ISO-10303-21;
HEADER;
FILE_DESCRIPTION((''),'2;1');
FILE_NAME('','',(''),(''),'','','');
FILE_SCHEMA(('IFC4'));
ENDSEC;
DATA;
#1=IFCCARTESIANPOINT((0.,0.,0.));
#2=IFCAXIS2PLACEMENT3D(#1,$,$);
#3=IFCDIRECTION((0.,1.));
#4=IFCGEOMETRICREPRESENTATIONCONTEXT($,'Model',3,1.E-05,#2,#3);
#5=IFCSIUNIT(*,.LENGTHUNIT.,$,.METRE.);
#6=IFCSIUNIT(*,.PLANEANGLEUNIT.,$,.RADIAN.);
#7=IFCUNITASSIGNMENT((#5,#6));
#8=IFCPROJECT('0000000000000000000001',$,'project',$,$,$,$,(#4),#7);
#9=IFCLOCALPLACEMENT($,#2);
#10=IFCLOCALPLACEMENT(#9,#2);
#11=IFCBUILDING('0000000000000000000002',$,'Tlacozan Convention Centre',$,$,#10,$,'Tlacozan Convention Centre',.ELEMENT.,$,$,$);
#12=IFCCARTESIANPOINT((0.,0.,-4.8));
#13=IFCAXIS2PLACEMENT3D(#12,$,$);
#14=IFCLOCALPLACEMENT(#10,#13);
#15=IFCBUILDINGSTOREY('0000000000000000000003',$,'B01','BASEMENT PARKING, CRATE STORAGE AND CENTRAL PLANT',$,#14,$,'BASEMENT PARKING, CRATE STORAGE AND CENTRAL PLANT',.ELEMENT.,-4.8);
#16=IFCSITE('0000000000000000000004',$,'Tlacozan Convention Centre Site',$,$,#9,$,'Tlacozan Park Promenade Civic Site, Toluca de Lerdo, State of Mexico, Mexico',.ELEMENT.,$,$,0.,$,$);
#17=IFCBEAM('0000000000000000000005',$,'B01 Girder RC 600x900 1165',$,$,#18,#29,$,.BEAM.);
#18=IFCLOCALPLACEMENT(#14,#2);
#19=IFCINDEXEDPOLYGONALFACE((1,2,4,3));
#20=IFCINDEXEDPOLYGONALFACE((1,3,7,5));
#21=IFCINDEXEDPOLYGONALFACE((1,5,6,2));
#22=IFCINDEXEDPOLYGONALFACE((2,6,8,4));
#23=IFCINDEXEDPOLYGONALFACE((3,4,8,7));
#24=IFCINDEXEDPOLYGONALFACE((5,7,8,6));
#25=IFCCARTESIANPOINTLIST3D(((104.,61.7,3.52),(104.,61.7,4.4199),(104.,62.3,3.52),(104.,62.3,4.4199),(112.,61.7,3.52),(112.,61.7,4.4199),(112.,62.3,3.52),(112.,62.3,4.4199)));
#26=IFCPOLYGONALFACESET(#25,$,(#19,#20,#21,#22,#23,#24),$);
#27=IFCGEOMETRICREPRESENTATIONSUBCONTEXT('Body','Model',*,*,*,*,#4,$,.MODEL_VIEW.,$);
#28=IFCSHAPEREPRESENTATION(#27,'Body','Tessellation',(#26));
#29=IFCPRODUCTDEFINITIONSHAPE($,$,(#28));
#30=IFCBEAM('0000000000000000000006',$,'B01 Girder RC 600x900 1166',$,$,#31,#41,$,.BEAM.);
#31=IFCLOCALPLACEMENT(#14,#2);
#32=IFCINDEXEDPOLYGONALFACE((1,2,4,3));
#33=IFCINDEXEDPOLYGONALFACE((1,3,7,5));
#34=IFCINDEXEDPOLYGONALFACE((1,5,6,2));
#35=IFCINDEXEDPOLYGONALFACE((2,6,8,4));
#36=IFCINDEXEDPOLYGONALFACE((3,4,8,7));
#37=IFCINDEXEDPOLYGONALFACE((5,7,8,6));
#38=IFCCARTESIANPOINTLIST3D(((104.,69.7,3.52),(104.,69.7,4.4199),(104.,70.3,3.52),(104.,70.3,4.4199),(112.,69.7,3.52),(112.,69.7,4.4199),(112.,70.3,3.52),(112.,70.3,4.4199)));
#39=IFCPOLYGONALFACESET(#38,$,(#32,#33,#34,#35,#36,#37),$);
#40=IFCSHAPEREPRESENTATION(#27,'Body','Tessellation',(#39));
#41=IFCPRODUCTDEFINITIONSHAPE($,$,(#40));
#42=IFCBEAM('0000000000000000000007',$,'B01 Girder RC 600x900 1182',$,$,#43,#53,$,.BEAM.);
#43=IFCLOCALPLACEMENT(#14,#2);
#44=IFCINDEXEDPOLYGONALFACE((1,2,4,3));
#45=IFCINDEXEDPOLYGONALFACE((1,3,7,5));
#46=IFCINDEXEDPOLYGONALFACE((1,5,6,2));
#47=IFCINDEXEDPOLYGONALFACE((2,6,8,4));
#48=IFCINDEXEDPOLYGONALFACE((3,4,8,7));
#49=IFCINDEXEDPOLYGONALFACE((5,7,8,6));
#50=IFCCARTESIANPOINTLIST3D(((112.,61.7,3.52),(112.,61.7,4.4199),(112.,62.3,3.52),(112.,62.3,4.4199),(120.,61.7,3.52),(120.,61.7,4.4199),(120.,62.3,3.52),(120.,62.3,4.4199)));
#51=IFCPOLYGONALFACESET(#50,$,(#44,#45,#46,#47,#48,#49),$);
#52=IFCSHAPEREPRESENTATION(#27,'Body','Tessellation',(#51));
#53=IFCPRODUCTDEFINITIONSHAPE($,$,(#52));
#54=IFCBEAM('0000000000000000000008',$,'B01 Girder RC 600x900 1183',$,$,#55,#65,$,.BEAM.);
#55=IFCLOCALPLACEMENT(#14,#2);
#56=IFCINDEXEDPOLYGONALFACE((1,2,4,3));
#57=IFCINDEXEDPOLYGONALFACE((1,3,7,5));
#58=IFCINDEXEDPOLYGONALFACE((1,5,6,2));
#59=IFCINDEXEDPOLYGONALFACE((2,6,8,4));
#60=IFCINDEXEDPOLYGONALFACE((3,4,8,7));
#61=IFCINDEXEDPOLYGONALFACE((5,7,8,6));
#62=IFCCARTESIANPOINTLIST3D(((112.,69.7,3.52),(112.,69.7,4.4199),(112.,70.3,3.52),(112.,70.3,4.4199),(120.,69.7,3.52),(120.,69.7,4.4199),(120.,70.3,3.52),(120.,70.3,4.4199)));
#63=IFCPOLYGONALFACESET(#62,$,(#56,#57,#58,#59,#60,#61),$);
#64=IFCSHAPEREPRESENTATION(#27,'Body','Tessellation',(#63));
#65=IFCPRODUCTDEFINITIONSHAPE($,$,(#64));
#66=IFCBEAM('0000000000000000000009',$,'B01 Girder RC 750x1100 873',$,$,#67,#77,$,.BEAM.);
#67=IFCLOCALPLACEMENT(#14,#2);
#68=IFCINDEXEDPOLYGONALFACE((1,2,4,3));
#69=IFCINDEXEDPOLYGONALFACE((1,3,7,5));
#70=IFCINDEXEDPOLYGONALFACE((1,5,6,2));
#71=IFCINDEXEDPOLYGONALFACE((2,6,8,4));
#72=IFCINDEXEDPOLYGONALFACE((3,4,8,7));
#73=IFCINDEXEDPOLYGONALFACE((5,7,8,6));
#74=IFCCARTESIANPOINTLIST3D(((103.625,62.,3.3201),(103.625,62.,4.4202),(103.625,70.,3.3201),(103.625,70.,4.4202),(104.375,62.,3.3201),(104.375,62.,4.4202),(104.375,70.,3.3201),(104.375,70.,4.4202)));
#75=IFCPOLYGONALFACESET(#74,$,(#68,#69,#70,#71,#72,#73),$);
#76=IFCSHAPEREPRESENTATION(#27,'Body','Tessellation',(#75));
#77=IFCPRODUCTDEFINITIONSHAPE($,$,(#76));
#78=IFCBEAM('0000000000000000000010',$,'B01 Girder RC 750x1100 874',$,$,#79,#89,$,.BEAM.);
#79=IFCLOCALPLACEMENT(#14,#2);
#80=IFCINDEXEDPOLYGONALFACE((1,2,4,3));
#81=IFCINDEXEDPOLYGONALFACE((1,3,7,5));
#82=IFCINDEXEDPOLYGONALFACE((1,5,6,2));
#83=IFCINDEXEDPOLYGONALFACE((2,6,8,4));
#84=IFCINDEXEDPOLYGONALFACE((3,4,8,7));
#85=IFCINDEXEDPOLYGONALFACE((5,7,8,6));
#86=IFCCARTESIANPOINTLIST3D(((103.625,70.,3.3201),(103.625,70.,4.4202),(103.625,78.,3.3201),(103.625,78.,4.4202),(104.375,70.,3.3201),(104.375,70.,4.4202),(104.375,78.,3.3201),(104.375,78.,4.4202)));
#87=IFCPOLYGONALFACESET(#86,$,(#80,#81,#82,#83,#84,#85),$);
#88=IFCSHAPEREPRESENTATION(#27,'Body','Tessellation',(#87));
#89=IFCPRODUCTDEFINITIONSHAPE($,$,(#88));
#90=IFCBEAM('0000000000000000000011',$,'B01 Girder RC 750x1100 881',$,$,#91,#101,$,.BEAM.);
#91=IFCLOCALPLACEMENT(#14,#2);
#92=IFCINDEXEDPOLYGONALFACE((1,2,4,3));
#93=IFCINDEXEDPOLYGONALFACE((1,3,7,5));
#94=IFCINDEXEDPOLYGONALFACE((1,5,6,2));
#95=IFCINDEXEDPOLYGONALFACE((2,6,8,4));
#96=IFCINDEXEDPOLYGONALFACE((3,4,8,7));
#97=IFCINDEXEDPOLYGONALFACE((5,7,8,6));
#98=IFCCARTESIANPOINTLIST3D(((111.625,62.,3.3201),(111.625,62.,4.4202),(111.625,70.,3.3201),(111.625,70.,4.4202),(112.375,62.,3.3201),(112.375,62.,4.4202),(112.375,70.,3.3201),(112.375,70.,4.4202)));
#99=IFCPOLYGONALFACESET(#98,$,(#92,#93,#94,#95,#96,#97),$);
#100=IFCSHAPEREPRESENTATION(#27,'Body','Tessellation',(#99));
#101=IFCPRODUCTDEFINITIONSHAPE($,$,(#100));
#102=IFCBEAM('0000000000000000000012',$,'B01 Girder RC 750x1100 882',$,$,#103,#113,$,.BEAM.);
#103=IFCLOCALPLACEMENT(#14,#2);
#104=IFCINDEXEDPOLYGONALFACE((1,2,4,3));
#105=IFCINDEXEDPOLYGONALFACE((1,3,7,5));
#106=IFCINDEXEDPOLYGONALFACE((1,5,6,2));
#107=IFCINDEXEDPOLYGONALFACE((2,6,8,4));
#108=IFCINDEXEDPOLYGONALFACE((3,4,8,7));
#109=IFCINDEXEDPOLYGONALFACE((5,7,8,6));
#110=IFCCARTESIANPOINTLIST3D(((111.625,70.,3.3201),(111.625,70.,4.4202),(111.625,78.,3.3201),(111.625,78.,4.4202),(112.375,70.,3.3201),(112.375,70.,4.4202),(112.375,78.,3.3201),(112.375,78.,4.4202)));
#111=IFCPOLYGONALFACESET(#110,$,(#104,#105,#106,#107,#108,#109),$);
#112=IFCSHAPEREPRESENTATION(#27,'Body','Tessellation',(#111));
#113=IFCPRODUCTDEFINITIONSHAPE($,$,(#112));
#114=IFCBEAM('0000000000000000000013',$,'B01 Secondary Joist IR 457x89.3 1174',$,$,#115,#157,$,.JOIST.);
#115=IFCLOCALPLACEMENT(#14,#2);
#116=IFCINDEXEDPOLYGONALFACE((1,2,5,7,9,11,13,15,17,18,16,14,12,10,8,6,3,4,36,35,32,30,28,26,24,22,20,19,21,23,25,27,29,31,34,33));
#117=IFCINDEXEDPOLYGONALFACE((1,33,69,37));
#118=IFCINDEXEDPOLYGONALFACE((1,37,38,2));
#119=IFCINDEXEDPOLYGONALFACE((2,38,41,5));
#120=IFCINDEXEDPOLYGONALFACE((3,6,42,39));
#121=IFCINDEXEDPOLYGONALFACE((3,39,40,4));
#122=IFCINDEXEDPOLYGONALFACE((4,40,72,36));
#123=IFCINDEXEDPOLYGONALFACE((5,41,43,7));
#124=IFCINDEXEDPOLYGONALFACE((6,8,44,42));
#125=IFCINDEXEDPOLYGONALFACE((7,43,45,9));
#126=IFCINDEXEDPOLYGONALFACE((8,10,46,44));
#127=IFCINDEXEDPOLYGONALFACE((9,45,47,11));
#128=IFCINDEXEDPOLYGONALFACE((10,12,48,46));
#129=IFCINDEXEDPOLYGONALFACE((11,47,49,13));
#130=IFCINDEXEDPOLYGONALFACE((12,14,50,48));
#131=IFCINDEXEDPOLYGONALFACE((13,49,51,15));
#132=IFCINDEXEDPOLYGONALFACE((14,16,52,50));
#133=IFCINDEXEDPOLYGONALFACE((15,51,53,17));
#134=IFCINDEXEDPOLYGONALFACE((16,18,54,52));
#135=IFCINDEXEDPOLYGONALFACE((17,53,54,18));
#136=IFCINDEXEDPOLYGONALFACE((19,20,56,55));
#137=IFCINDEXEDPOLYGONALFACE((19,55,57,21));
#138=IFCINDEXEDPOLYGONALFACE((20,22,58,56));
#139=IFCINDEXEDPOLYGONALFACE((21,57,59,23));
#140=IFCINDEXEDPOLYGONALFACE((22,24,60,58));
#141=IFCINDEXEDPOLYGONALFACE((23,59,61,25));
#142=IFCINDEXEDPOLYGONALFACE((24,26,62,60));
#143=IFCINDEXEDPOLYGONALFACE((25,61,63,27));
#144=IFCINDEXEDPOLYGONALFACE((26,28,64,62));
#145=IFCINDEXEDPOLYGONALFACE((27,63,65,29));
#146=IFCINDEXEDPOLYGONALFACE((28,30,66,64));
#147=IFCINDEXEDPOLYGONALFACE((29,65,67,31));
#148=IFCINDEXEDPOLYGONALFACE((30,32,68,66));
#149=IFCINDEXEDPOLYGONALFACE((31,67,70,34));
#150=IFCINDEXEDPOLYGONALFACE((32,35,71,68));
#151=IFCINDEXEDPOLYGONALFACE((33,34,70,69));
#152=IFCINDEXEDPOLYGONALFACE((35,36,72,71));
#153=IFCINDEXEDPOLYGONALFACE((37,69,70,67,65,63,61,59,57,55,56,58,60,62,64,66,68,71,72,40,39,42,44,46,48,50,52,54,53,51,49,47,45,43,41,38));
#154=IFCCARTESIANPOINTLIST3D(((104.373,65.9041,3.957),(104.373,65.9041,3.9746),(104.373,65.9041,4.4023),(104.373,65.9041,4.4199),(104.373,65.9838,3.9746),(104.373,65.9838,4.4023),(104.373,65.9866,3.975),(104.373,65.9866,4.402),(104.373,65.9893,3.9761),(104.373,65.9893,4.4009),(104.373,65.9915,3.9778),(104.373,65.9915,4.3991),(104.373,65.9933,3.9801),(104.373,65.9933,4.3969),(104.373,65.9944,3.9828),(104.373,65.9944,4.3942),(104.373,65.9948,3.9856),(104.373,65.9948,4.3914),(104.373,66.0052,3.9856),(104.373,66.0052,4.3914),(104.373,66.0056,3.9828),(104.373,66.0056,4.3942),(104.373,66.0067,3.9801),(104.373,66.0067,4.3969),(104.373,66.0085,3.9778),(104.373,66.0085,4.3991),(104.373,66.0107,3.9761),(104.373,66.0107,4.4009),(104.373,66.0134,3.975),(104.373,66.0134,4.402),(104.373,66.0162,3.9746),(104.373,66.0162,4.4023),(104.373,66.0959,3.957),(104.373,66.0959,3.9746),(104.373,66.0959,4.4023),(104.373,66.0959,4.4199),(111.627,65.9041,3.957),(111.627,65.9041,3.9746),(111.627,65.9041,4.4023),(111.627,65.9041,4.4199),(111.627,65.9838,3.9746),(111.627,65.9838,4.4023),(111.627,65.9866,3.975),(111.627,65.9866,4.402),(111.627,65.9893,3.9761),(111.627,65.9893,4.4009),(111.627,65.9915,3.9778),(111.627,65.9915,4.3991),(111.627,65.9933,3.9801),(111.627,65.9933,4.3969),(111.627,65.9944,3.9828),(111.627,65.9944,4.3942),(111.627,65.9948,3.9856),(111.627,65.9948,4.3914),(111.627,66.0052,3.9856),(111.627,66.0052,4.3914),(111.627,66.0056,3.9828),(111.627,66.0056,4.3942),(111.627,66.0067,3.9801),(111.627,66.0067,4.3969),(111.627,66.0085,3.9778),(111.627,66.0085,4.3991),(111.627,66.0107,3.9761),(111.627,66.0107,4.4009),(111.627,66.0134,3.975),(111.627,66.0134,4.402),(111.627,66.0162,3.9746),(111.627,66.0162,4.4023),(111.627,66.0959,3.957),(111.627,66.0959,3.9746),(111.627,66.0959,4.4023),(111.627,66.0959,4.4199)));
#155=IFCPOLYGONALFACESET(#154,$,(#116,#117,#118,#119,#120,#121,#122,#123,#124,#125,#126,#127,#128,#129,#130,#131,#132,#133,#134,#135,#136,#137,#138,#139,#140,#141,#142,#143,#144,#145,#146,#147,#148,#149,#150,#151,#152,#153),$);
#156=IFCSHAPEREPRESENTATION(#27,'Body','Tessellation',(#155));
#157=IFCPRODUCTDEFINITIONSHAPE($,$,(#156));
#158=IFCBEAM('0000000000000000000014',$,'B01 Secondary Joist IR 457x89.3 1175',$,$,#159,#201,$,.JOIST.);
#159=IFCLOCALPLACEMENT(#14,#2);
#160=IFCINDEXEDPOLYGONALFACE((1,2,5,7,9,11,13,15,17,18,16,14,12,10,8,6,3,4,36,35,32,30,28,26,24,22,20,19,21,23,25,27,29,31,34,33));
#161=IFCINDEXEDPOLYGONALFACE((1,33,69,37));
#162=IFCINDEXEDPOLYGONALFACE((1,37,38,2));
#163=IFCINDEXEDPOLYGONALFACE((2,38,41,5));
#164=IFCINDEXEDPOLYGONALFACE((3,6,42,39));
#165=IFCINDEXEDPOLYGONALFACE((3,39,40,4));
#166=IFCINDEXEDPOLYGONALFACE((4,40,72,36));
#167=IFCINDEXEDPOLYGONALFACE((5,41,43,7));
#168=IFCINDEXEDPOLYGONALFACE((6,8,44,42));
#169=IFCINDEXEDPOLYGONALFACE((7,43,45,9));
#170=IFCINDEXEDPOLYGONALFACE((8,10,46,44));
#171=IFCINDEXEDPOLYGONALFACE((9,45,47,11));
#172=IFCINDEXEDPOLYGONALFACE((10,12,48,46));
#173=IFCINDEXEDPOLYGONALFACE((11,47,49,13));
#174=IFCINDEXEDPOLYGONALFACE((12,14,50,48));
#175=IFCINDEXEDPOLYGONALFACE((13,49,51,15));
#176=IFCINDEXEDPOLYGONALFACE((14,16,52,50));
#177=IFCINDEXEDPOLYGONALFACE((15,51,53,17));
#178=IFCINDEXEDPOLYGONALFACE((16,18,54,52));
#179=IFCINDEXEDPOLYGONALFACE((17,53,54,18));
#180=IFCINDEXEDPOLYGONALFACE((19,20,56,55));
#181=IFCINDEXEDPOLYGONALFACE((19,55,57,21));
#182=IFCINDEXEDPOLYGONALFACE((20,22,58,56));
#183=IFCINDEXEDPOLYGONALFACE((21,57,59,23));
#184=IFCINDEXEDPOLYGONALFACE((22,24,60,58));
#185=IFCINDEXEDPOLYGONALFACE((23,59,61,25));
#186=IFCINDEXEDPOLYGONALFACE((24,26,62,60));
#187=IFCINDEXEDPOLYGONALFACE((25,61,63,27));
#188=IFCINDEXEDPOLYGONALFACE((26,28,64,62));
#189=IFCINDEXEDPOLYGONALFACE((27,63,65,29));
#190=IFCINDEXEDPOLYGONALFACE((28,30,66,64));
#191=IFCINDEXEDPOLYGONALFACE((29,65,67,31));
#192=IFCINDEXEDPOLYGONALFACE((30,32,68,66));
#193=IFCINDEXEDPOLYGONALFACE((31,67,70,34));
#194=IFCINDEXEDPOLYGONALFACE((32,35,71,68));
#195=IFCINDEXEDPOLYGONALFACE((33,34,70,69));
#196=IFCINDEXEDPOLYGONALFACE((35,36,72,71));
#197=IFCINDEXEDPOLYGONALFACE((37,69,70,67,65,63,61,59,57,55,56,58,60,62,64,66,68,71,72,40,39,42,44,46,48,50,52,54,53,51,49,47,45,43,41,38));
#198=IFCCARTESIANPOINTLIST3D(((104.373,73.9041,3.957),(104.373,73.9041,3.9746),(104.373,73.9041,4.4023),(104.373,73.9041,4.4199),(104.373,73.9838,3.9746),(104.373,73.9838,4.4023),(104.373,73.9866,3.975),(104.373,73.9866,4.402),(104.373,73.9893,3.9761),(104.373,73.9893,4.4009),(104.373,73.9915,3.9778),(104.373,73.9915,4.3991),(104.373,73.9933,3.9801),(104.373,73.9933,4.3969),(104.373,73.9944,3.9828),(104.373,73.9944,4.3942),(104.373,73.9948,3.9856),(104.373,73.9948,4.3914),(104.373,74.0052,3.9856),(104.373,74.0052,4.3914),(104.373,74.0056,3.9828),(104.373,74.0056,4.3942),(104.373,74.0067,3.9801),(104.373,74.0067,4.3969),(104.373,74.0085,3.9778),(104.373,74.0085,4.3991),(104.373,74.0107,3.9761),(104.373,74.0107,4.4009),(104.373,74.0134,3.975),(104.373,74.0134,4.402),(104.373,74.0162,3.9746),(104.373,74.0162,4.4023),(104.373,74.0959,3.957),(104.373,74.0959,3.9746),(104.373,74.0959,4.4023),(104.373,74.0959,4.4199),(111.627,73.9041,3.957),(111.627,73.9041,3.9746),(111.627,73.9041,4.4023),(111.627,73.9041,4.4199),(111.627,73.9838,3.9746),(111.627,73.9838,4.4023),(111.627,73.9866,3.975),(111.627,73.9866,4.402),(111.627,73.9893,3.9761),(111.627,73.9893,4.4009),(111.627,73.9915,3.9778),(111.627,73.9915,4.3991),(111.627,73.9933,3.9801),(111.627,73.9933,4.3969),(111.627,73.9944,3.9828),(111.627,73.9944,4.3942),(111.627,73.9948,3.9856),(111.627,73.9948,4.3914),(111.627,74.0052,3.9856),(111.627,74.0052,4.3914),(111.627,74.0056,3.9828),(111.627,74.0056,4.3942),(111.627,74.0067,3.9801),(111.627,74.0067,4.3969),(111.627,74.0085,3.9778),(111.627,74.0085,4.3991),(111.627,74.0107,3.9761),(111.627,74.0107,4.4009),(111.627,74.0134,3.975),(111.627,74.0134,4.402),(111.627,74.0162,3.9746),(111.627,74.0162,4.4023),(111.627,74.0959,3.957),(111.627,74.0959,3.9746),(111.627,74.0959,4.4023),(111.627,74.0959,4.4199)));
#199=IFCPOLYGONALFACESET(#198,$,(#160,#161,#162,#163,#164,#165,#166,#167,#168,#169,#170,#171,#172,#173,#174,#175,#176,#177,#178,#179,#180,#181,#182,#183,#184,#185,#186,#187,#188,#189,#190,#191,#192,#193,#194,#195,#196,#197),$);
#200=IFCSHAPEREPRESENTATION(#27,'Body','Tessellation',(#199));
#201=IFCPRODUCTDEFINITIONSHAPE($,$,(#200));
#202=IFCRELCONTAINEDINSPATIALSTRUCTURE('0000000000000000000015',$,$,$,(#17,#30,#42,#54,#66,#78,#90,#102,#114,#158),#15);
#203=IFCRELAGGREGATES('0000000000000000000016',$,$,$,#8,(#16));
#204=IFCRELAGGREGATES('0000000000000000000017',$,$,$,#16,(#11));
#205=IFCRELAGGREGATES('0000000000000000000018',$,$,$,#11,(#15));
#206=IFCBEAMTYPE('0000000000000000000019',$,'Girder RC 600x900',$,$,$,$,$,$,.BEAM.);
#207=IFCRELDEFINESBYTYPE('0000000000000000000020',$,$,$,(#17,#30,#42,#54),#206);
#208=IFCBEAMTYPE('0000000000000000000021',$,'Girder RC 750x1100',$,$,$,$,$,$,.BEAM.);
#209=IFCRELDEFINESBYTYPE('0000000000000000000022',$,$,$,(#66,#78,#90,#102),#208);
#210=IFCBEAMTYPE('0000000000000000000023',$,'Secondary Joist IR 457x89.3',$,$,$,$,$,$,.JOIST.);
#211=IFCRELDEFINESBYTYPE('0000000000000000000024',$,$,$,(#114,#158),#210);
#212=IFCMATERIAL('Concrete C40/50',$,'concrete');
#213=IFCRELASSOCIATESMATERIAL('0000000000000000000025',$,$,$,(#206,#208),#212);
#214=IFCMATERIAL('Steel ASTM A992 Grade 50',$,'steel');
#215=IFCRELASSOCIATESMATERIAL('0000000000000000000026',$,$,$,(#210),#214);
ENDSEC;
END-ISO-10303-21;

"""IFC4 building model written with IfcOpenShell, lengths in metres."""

from ifc_helpers import new_model, si_unit, direction, frame, origin, origin_2d, place, context, subcontext, project, spatial, rectangle, i_section, extrude, material, material_profile, profile_set, type_object, element, save


model = new_model("IFC4")

# Units and contexts
model_context = context("Model", 3, precision=1e-05, world=origin(), true_north=direction((0.0, 1.0)))
body_context = subcontext(model_context, "Body", "Model", "MODEL_VIEW")
ifc_project = project(units=[si_unit("LENGTHUNIT", "METRE"), si_unit("PLANEANGLEUNIT", "RADIAN")], contexts=[model_context])

# Site, building, storey
site_placement = place(None, origin())
site = spatial("IfcSite", under=ifc_project, at=site_placement, Name="Tlacozan Convention Centre Site", LongName="Tlacozan Park Promenade Civic Site, Toluca de Lerdo, State of Mexico, Mexico", CompositionType="ELEMENT", RefElevation=0.0)
building_placement = place(site_placement, origin())
building = spatial("IfcBuilding", under=site, at=building_placement, Name="Tlacozan Convention Centre", LongName="Tlacozan Convention Centre", CompositionType="ELEMENT")
storey_placement = place(building_placement, frame((0.0, 0.0, -4.8)))
storey = spatial("IfcBuildingStorey", under=building, at=storey_placement, Name="B01", Description="BASEMENT PARKING, CRATE STORAGE AND CENTRAL PLANT", LongName="BASEMENT PARKING, CRATE STORAGE AND CENTRAL PLANT", CompositionType="ELEMENT", Elevation=-4.8)

# Shared definitions
ifc_material_1 = material(Name="Concrete C40/50", Category="concrete")

# Beams
ifc_material_profile_1 = material_profile(ifc_material_1, rectangle(XDim=0.6001, YDim=0.8999, at=origin_2d()), Name="RC 600x900")
ifc_profile_set_1 = profile_set([ifc_material_profile_1], Name="Concrete C40/50")
beam_type_1 = type_object("IfcBeamType", Name="Girder RC 600x900", PredefinedType="BEAM", material=ifc_profile_set_1)
for number, where, z_axis, x_axis, name in (
    (1, (104.0, 62.0, 3.97), (1.0, 0.0, 0.0), (0.0, 1.0, 0.0), "B01 Girder RC 600x900 1165"),
    (2, (104.0, 70.0, 3.97), (1.0, 0.0, 0.0), (0.0, 1.0, 0.0), "B01 Girder RC 600x900 1166"),
    (3, (112.0, 62.0, 3.97), (1.0, 0.0, 0.0), (0.0, 1.0, 0.0), "B01 Girder RC 600x900 1182"),
    (4, (112.0, 70.0, 3.97), (1.0, 0.0, 0.0), (0.0, 1.0, 0.0), "B01 Girder RC 600x900 1183"),
):
    element("IfcBeam", number, at=place(storey_placement, frame(where, z_axis=z_axis, x_axis=x_axis)), inside=storey, type_object=beam_type_1, Name=name, PredefinedType="BEAM", context=body_context, shape_type="SweptSolid", body=[
        extrude(rectangle(XDim=0.6001, YDim=0.8999, at=origin_2d()), origin(), (0.0, 0.0, 1.0), 8.0),
    ])
ifc_material_profile_2 = material_profile(ifc_material_1, rectangle(XDim=0.75, YDim=1.1001, at=origin_2d()), Name="RC 750x1100")
ifc_profile_set_2 = profile_set([ifc_material_profile_2], Name="Concrete C40/50")
beam_type_2 = type_object("IfcBeamType", Name="Girder RC 750x1100", PredefinedType="BEAM", material=ifc_profile_set_2)
for number, where, z_axis, x_axis, name in (
    (5, (104.0, 62.0, 3.8701), (0.0, 1.0, 0.0), (-1.0, 0.0, 0.0), "B01 Girder RC 750x1100 873"),
    (6, (104.0, 70.0, 3.8701), (0.0, 1.0, 0.0), (-1.0, 0.0, 0.0), "B01 Girder RC 750x1100 874"),
    (7, (112.0, 62.0, 3.8701), (0.0, 1.0, 0.0), (-1.0, 0.0, 0.0), "B01 Girder RC 750x1100 881"),
    (8, (112.0, 70.0, 3.8701), (0.0, 1.0, 0.0), (-1.0, 0.0, 0.0), "B01 Girder RC 750x1100 882"),
):
    element("IfcBeam", number, at=place(storey_placement, frame(where, z_axis=z_axis, x_axis=x_axis)), inside=storey, type_object=beam_type_2, Name=name, PredefinedType="BEAM", context=body_context, shape_type="SweptSolid", body=[
        extrude(rectangle(XDim=0.75, YDim=1.1001, at=origin_2d()), origin(), (0.0, 0.0, 1.0), 8.0),
    ])
ifc_material_2 = material(Name="Steel ASTM A992 Grade 50", Category="steel")
ifc_material_profile_3 = material_profile(ifc_material_2, i_section(OverallWidth=0.1919, OverallDepth=0.4629, WebThickness=0.0105, FlangeThickness=0.0176, FilletRadius=0.011, at=origin_2d()), Name="IR 457x89.3")
ifc_profile_set_3 = profile_set([ifc_material_profile_3], Name="Steel ASTM A992 Grade 50")
beam_type_3 = type_object("IfcBeamType", Name="Secondary Joist IR 457x89.3", PredefinedType="JOIST", material=ifc_profile_set_3)
for number, where, z_axis, x_axis, name in (
    (9, (104.373, 66.0, 4.1885), (1.0, 0.0, 0.0), (0.0, 1.0, 0.0), "B01 Secondary Joist IR 457x89.3 1174"),
    (10, (104.373, 74.0, 4.1885), (1.0, 0.0, 0.0), (0.0, 1.0, 0.0), "B01 Secondary Joist IR 457x89.3 1175"),
):
    element("IfcBeam", number, at=place(storey_placement, frame(where, z_axis=z_axis, x_axis=x_axis)), inside=storey, type_object=beam_type_3, Name=name, PredefinedType="JOIST", context=body_context, shape_type="SweptSolid", body=[
        extrude(i_section(OverallWidth=0.1919, OverallDepth=0.4629, WebThickness=0.0105, FlangeThickness=0.0176, FilletRadius=0.011, at=origin_2d()), origin(), (0.0, 0.0, 1.0), 7.2539),
    ])

save(model, "model.ifc")
